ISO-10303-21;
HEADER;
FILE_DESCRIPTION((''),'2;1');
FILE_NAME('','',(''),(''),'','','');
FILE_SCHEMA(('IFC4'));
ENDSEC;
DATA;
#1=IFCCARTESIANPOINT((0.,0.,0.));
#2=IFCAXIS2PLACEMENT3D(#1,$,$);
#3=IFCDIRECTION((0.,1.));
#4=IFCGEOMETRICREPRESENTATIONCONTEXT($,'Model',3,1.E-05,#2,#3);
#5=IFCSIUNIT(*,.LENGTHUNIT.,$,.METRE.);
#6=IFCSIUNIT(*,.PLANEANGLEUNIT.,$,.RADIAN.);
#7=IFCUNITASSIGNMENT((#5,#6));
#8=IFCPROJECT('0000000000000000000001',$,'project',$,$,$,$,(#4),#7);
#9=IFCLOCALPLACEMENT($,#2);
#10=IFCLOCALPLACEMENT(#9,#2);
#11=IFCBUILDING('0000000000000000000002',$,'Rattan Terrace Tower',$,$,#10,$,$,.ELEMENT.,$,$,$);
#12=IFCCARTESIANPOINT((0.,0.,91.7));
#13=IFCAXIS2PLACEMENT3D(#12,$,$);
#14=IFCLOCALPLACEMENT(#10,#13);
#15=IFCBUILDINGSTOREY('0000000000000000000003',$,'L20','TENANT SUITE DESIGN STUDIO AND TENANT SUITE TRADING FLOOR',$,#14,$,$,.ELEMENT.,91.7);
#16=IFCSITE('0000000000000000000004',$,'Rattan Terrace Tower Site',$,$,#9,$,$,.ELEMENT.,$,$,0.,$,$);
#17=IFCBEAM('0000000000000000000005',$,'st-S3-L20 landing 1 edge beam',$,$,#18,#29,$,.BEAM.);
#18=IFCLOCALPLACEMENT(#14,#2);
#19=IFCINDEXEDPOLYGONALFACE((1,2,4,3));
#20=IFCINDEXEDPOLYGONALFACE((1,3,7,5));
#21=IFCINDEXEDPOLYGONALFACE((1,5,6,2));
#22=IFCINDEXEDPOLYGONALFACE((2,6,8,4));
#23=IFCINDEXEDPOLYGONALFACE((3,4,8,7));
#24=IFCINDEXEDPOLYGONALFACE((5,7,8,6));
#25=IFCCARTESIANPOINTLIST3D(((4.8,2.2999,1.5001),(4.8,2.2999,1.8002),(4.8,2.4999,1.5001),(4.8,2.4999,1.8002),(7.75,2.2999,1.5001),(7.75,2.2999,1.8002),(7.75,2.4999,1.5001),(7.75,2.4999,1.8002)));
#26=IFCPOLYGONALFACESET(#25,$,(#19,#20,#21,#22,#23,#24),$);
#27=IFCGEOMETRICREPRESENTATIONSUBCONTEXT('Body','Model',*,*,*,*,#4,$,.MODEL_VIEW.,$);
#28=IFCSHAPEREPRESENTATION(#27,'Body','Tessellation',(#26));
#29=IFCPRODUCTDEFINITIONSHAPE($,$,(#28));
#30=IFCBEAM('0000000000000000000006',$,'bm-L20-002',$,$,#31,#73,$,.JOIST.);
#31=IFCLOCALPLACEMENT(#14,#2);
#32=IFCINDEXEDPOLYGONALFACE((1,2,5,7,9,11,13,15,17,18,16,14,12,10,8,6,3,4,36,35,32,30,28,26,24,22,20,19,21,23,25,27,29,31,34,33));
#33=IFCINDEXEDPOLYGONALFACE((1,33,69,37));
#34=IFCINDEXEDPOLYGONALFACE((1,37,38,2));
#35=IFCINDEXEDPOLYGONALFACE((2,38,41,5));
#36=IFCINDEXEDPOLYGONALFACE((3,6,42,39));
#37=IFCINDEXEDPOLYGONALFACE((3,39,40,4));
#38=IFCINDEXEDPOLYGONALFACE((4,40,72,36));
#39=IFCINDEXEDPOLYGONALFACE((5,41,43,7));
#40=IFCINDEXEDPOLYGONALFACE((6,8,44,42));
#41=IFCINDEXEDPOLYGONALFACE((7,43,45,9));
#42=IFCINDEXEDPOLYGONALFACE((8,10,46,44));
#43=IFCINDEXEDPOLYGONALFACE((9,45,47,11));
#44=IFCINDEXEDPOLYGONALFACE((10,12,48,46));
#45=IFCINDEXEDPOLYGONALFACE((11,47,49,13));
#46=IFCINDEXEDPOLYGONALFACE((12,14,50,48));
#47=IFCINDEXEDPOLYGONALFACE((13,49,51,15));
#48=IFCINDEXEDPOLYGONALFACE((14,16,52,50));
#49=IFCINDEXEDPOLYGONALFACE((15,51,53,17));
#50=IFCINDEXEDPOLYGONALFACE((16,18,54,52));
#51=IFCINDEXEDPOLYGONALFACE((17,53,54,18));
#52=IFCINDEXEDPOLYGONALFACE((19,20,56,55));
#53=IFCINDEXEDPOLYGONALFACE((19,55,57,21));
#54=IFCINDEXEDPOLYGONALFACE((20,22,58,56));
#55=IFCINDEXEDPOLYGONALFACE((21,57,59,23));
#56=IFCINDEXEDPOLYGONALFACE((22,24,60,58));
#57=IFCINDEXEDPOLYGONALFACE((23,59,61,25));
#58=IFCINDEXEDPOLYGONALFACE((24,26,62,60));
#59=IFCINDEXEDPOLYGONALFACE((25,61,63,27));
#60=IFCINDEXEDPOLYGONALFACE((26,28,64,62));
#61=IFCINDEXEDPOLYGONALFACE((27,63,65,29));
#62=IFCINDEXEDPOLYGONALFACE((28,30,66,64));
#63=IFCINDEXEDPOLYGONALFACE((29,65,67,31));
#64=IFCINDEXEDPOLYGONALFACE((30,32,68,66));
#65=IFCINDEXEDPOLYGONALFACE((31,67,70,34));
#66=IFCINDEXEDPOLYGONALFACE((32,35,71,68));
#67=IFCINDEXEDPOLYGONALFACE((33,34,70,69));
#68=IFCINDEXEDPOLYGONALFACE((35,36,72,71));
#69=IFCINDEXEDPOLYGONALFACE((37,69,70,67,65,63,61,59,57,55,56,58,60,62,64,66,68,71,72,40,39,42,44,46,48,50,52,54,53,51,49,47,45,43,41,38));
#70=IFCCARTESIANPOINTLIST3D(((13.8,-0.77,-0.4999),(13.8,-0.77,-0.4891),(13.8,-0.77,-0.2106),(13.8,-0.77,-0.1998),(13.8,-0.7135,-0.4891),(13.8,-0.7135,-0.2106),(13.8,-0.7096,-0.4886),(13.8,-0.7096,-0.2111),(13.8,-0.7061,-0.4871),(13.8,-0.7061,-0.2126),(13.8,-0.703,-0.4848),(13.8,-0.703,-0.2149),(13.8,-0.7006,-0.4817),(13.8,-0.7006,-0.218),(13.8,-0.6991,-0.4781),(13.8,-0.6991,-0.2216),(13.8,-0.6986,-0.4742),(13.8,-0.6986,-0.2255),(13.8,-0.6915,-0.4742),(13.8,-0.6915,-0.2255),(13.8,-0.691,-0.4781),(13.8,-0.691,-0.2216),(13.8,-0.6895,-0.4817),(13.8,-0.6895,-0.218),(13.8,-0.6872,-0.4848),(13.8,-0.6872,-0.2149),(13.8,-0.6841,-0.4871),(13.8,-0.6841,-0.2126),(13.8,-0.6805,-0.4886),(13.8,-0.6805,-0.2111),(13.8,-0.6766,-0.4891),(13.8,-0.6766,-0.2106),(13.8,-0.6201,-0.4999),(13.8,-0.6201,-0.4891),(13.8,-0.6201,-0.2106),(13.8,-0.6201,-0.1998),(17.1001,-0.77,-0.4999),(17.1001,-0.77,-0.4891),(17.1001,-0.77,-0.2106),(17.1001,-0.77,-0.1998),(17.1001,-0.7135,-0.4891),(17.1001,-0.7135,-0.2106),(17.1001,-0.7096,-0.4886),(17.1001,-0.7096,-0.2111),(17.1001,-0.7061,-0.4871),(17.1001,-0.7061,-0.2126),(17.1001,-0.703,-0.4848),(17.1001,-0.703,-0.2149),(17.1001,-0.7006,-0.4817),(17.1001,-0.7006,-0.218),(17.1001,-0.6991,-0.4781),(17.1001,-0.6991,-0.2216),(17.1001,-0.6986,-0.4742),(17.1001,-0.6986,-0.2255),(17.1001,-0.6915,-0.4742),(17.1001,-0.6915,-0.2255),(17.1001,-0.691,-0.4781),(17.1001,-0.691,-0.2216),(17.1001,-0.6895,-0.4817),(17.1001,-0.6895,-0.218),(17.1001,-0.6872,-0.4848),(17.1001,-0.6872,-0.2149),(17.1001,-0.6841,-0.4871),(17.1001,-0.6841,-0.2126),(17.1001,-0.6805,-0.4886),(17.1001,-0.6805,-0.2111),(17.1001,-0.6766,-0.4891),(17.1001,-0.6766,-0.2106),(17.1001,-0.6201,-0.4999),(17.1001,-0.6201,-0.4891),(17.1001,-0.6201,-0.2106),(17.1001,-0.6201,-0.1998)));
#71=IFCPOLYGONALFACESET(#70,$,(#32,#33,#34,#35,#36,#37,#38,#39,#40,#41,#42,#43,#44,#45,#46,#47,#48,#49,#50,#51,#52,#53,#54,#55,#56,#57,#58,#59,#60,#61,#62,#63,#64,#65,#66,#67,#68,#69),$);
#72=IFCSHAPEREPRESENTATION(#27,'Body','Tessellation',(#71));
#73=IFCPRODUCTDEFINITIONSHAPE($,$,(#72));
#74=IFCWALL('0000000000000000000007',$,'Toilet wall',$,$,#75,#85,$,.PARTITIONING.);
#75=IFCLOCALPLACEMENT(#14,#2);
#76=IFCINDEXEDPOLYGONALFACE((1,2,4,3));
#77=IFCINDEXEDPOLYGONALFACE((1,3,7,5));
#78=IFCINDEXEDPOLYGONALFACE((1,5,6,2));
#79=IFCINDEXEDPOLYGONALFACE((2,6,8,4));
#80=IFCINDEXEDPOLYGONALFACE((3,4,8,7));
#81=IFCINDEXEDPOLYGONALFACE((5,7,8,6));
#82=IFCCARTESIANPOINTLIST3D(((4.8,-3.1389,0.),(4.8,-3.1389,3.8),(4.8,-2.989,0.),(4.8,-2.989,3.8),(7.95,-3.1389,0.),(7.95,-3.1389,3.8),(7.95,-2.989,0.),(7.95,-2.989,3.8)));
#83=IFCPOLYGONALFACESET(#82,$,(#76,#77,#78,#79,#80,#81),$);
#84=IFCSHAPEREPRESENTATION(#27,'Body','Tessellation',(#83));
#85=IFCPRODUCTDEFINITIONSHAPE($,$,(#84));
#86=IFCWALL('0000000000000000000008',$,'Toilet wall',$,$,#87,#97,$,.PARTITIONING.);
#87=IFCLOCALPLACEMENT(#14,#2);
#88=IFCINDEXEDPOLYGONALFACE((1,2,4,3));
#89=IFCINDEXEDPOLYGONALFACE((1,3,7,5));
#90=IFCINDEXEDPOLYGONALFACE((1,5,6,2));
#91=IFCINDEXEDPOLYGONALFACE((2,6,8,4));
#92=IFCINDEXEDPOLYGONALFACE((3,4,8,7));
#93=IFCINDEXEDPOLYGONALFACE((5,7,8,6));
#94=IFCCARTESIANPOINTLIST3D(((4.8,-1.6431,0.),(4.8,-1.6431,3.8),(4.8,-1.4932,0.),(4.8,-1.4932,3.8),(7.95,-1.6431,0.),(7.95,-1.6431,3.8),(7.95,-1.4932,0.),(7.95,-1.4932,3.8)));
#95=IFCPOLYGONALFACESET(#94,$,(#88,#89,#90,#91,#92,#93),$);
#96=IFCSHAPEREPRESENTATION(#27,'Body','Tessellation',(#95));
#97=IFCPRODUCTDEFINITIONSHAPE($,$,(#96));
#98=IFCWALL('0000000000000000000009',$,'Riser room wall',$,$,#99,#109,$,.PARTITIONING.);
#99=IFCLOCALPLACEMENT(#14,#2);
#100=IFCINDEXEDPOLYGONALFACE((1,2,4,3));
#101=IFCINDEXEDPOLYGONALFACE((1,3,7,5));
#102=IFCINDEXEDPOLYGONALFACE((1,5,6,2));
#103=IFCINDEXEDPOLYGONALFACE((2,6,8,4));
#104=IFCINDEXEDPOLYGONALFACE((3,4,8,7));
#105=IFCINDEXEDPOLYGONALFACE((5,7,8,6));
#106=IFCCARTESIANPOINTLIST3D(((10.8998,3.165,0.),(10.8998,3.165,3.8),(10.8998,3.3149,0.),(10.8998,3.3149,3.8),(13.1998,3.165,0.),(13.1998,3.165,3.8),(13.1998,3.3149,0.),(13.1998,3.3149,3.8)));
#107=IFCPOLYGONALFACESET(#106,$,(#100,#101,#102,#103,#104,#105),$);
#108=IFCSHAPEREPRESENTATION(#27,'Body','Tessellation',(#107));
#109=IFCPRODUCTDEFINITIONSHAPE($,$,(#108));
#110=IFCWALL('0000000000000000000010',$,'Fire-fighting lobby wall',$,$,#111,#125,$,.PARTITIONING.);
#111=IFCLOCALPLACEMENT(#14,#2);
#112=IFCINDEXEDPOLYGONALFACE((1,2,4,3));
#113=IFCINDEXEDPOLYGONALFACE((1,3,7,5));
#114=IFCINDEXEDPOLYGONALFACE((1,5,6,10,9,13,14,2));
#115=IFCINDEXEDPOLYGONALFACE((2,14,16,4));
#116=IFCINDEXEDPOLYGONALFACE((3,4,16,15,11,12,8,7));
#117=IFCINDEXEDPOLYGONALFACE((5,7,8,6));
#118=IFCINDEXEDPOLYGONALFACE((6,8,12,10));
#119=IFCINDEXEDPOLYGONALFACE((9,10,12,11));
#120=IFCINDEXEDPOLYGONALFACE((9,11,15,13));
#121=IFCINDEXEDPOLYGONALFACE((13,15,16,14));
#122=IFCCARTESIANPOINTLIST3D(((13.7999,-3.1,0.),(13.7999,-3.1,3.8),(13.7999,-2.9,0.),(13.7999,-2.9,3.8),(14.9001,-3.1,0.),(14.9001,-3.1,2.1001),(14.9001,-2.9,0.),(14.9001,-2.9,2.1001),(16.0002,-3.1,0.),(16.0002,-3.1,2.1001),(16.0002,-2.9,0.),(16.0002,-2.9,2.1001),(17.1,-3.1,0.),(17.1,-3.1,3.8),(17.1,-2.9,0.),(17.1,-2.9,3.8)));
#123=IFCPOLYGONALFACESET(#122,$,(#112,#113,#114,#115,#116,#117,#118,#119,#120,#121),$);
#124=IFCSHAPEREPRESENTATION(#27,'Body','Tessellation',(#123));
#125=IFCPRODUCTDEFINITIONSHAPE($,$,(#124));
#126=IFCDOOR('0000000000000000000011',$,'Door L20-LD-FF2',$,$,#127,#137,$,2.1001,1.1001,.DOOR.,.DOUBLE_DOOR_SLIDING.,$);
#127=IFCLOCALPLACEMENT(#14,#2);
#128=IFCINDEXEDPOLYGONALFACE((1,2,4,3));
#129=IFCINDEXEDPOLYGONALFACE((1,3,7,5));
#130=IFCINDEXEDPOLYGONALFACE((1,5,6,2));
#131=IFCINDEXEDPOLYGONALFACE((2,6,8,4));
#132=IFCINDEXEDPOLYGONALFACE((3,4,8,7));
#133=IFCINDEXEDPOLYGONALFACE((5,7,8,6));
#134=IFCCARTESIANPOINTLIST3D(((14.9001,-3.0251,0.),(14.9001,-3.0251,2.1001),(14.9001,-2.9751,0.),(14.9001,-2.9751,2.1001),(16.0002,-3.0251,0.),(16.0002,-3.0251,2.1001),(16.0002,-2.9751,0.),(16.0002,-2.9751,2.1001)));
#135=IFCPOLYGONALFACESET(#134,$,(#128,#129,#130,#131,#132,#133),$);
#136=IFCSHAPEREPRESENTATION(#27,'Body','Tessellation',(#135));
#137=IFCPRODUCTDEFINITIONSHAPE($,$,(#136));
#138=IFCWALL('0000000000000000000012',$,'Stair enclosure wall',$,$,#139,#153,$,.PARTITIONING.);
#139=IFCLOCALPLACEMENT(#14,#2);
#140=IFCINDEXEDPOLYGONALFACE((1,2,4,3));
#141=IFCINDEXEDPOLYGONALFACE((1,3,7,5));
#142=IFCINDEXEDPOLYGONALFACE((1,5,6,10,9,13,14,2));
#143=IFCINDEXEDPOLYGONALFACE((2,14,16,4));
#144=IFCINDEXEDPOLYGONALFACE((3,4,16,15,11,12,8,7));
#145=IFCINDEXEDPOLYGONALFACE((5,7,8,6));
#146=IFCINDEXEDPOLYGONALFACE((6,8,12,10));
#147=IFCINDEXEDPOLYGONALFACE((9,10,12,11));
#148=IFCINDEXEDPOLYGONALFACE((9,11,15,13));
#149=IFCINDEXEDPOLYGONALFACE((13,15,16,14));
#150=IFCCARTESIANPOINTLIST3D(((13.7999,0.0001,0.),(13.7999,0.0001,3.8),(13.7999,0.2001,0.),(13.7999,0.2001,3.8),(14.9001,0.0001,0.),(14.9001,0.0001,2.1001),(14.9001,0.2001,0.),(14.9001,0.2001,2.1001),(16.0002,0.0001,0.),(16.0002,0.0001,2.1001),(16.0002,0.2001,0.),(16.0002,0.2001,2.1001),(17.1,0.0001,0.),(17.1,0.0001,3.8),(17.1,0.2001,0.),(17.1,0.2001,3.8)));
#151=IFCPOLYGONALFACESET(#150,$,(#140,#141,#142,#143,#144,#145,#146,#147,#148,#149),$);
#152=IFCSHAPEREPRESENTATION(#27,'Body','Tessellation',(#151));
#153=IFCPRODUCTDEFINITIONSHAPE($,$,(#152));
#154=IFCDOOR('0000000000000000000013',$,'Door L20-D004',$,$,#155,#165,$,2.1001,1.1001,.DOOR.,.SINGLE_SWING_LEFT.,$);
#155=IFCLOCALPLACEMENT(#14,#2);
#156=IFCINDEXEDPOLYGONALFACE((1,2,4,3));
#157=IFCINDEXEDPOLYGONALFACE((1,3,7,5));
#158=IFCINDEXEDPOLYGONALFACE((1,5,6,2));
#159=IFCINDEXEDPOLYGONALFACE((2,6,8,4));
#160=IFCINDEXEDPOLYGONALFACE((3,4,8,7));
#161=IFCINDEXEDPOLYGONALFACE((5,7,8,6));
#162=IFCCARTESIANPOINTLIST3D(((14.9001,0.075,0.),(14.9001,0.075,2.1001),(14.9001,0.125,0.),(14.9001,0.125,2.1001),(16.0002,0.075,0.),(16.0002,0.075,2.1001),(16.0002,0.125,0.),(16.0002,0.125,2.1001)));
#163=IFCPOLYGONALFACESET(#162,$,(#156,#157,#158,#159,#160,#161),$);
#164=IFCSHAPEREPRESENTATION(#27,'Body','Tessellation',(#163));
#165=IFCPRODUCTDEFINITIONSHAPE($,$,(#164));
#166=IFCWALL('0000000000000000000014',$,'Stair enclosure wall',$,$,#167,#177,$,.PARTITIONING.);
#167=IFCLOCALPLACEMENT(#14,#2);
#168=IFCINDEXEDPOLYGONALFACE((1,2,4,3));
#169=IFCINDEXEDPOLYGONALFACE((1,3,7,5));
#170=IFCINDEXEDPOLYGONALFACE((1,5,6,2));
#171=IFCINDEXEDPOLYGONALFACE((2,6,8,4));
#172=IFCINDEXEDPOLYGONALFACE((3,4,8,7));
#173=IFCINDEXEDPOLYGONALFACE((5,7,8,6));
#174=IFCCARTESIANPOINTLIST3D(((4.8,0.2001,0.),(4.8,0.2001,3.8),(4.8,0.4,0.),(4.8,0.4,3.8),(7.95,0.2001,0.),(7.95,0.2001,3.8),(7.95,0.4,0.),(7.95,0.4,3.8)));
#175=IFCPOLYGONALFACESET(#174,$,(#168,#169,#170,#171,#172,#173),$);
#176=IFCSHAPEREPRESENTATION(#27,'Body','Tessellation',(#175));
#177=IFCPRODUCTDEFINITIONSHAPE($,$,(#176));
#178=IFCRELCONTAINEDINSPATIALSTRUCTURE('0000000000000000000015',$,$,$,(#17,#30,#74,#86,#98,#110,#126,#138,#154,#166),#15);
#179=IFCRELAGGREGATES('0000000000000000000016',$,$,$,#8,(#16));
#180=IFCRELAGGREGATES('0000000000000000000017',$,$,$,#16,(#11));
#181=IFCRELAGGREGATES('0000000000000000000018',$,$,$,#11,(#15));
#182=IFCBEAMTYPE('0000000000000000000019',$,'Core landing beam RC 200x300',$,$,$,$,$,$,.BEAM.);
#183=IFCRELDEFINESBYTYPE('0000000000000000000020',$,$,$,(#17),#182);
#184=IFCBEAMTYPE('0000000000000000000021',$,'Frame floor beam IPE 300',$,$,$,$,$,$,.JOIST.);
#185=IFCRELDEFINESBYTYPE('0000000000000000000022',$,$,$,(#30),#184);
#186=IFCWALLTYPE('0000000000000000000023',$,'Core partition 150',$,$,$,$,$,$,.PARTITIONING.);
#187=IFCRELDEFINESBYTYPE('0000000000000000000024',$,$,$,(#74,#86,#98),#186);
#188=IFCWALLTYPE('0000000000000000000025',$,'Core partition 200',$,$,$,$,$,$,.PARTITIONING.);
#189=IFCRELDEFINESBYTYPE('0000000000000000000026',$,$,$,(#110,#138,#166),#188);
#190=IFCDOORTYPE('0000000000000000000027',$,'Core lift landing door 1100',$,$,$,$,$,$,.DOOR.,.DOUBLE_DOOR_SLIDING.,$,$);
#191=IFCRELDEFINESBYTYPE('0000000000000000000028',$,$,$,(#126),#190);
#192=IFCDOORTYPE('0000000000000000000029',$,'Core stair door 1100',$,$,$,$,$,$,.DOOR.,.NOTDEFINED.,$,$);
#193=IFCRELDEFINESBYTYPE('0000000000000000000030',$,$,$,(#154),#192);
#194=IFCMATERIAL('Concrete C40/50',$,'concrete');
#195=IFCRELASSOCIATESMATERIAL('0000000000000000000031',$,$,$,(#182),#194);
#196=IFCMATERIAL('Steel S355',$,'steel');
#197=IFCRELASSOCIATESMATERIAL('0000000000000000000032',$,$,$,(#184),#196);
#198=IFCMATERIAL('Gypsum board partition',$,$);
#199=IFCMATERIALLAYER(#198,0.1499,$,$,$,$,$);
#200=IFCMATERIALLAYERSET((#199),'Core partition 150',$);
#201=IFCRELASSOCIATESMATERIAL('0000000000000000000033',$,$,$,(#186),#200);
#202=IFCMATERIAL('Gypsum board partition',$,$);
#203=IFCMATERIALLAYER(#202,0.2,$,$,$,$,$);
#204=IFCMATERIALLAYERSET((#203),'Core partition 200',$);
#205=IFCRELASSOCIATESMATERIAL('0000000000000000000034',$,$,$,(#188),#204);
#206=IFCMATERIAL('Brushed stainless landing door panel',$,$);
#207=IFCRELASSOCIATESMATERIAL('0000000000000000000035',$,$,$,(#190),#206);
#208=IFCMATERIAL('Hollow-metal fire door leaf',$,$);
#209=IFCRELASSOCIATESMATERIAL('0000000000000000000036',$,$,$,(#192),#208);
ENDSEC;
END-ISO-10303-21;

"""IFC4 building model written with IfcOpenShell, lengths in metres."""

from ifc_helpers import new_model, si_unit, direction, frame, frame_2d, origin, origin_2d, place, context, subcontext, project, spatial, rectangle, i_section, extrude, material, layer, layer_set, material_profile, profile_set, type_object, element, fill, save


model = new_model("IFC4")

# Units and contexts
model_context = context("Model", 3, precision=1e-05, world=origin(), true_north=direction((0.0, 1.0)))
body_context = subcontext(model_context, "Body", "Model", "MODEL_VIEW")
ifc_project = project(units=[si_unit("LENGTHUNIT", "METRE"), si_unit("PLANEANGLEUNIT", "RADIAN")], contexts=[model_context])

# Site, building, storey
site_placement = place(None, origin())
site = spatial("IfcSite", under=ifc_project, at=site_placement, Name="Rattan Terrace Tower Site", CompositionType="ELEMENT", RefElevation=0.0)
building_placement = place(site_placement, origin())
building = spatial("IfcBuilding", under=site, at=building_placement, Name="Rattan Terrace Tower", CompositionType="ELEMENT")
storey_placement = place(building_placement, frame((0.0, 0.0, 91.7)))
storey = spatial("IfcBuildingStorey", under=building, at=storey_placement, Name="L20", Description="TENANT SUITE DESIGN STUDIO AND TENANT SUITE TRADING FLOOR", CompositionType="ELEMENT", Elevation=91.7)

# Beams
ifc_material_1 = material(Name="Concrete C40/50", Category="concrete")
ifc_material_profile_1 = material_profile(ifc_material_1, rectangle(XDim=0.2, YDim=0.3, at=origin_2d()), Name="RC 200x300")
ifc_profile_set_1 = profile_set([ifc_material_profile_1], Name="Concrete C40/50")
beam_type_1 = type_object("IfcBeamType", Name="Core landing beam RC 200x300", PredefinedType="BEAM", material=ifc_profile_set_1)
beam_1_placement = place(storey_placement, frame((4.8, 2.3999, 1.6501), z_axis=(1.0, 0.0, 0.0), x_axis=(0.0, 1.0, 0.0)))
element("IfcBeam", 1, at=beam_1_placement, inside=storey, type_object=beam_type_1, Name="st-S3-L20 landing 1 edge beam", PredefinedType="BEAM", context=body_context, shape_type="SweptSolid", body=[
    extrude(rectangle(XDim=0.2, YDim=0.3, at=origin_2d()), origin(), (0.0, 0.0, 1.0), 2.95),
])
ifc_material_2 = material(Name="Steel S355", Category="steel")
ifc_material_profile_2 = material_profile(ifc_material_2, i_section(OverallWidth=0.1499, OverallDepth=0.3, WebThickness=0.0071, FlangeThickness=0.0107, FilletRadius=0.0149, at=origin_2d()), Name="IPE 300")
ifc_profile_set_2 = profile_set([ifc_material_profile_2], Name="Steel S355")
beam_type_2 = type_object("IfcBeamType", Name="Frame floor beam IPE 300", PredefinedType="JOIST", material=ifc_profile_set_2)
beam_2_placement = place(storey_placement, frame((13.8, -0.6951, -0.3499), z_axis=(1.0, 0.0, 0.0), x_axis=(0.0, 1.0, 0.0)))
element("IfcBeam", 2, at=beam_2_placement, inside=storey, type_object=beam_type_2, Name="bm-L20-002", PredefinedType="JOIST", context=body_context, shape_type="SweptSolid", body=[
    extrude(i_section(OverallWidth=0.1499, OverallDepth=0.3, WebThickness=0.0071, FlangeThickness=0.0107, FilletRadius=0.0149, at=origin_2d()), origin(), (0.0, 0.0, 1.0), 3.3),
])

# Walls
ifc_material_3 = material(Name="Gypsum board partition")
ifc_layer_1 = layer(ifc_material_3, 0.1499)
ifc_layer_set_1 = layer_set([ifc_layer_1], Name="Core partition 150")
wall_type_1 = type_object("IfcWallType", Name="Core partition 150", PredefinedType="PARTITIONING", material=ifc_layer_set_1)
for number, where, z_axis, x_axis, name in (
    (3, (4.8, -3.064, 0.0), (0.0, 0.0, 1.0), (1.0, 0.0, 0.0), "Toilet wall"),
    (4, (4.8, -1.5681, 0.0), (0.0, 0.0, 1.0), (1.0, 0.0, 0.0), "Toilet wall"),
):
    element("IfcWall", number, at=place(storey_placement, frame(where, z_axis=z_axis, x_axis=x_axis)), inside=storey, type_object=wall_type_1, Name=name, PredefinedType="PARTITIONING", context=body_context, shape_type="SweptSolid", body=[
        extrude(rectangle(XDim=3.1499, YDim=0.1499, at=frame_2d((1.575, 0.0))), origin(), (0.0, 0.0, 1.0), 3.8),
    ])
wall_1_placement = place(storey_placement, frame((10.8999, 3.24, 0.0), z_axis=(0.0, 0.0, 1.0), x_axis=(1.0, 0.0, 0.0)))
element("IfcWall", 5, at=wall_1_placement, inside=storey, type_object=wall_type_1, Name="Riser room wall", PredefinedType="PARTITIONING", context=body_context, shape_type="SweptSolid", body=[
    extrude(rectangle(XDim=2.3, YDim=0.1499, at=frame_2d((1.1499, 0.0))), origin(), (0.0, 0.0, 1.0), 3.8),
])

# Walls, openings, doors
ifc_material_4 = material(Name="Gypsum board partition")
ifc_layer_2 = layer(ifc_material_4, 0.2)
ifc_layer_set_2 = layer_set([ifc_layer_2], Name="Core partition 200")
wall_type_2 = type_object("IfcWallType", Name="Core partition 200", PredefinedType="PARTITIONING", material=ifc_layer_set_2)
wall_2_placement = place(storey_placement, frame((13.8, -3.0, 0.0), z_axis=(0.0, 0.0, 1.0), x_axis=(1.0, 0.0, 0.0)))
wall_2 = element("IfcWall", 6, at=wall_2_placement, inside=storey, type_object=wall_type_2, Name="Fire-fighting lobby wall", PredefinedType="PARTITIONING", context=body_context, shape_type="SweptSolid", body=[
    extrude(rectangle(XDim=3.3, YDim=0.2, at=frame_2d((1.6499, 0.0))), origin(), (0.0, 0.0, 1.0), 3.8),
])
opening_1_placement = place(wall_2_placement, frame((1.1001, 0.0, 0.0)))
opening_1 = element("IfcOpeningElement", 7, at=opening_1_placement, cuts=wall_2, PredefinedType="OPENING", context=body_context, shape_type="SweptSolid", body=[
    extrude(rectangle(XDim=1.1001, YDim=2.1001, at=frame_2d((0.55, 1.05))), frame((0.0, 0.1106, 0.0), z_axis=(0.0, -1.0, 0.0), x_axis=(1.0, 0.0, 0.0)), (0.0, 0.0, 1.0), 0.2209),
])
ifc_material_5 = material(Name="Brushed stainless landing door panel")
door_type_1 = type_object("IfcDoorType", Name="Core lift landing door 1100", OperationType="DOUBLE_DOOR_SLIDING", PredefinedType="DOOR", material=ifc_material_5)
door_1_placement = place(opening_1_placement, origin())
door_1 = element("IfcDoor", 8, at=door_1_placement, inside=storey, type_object=door_type_1, Name="Door L20-LD-FF2", OperationType="DOUBLE_DOOR_SLIDING", OverallHeight=2.1001, OverallWidth=1.1001, PredefinedType="DOOR", context=body_context, shape_type="SweptSolid", body=[
    extrude(rectangle(XDim=1.1001, YDim=2.1001, at=frame_2d((0.55, 1.05))), frame((0.0, 0.0249, 0.0), z_axis=(0.0, -1.0, 0.0), x_axis=(1.0, 0.0, 0.0)), (0.0, 0.0, 1.0), 0.05),
])
fill(opening_1, door_1)
wall_3_placement = place(storey_placement, frame((13.8, 0.1001, 0.0), z_axis=(0.0, 0.0, 1.0), x_axis=(1.0, 0.0, 0.0)))
wall_3 = element("IfcWall", 9, at=wall_3_placement, inside=storey, type_object=wall_type_2, Name="Stair enclosure wall", PredefinedType="PARTITIONING", context=body_context, shape_type="SweptSolid", body=[
    extrude(rectangle(XDim=3.3, YDim=0.2, at=frame_2d((1.6499, 0.0))), origin(), (0.0, 0.0, 1.0), 3.8),
])
opening_2_placement = place(wall_3_placement, frame((1.1001, 0.0, 0.0)))
opening_2 = element("IfcOpeningElement", 10, at=opening_2_placement, cuts=wall_3, PredefinedType="OPENING", context=body_context, shape_type="SweptSolid", body=[
    extrude(rectangle(XDim=1.1001, YDim=2.1001, at=frame_2d((0.55, 1.05))), frame((0.0, 0.1106, 0.0), z_axis=(0.0, -1.0, 0.0), x_axis=(1.0, 0.0, 0.0)), (0.0, 0.0, 1.0), 0.2209),
])
ifc_material_6 = material(Name="Hollow-metal fire door leaf")
door_type_2 = type_object("IfcDoorType", Name="Core stair door 1100", OperationType="NOTDEFINED", PredefinedType="DOOR", material=ifc_material_6)
door_2_placement = place(opening_2_placement, origin())
door_2 = element("IfcDoor", 11, at=door_2_placement, inside=storey, type_object=door_type_2, Name="Door L20-D004", OperationType="SINGLE_SWING_LEFT", OverallHeight=2.1001, OverallWidth=1.1001, PredefinedType="DOOR", context=body_context, shape_type="SweptSolid", body=[
    extrude(rectangle(XDim=1.1001, YDim=2.1001, at=frame_2d((0.55, 1.05))), frame((0.0, 0.0249, 0.0), z_axis=(0.0, -1.0, 0.0), x_axis=(1.0, 0.0, 0.0)), (0.0, 0.0, 1.0), 0.05),
])
fill(opening_2, door_2)

# Wall
wall_4_placement = place(storey_placement, frame((4.8, 0.3, 0.0), z_axis=(0.0, 0.0, 1.0), x_axis=(1.0, 0.0, 0.0)))
element("IfcWall", 12, at=wall_4_placement, inside=storey, type_object=wall_type_2, Name="Stair enclosure wall", PredefinedType="PARTITIONING", context=body_context, shape_type="SweptSolid", body=[
    extrude(rectangle(XDim=3.1499, YDim=0.2, at=frame_2d((1.575, 0.0))), origin(), (0.0, 0.0, 1.0), 3.8),
])

save(model, "model.ifc")
